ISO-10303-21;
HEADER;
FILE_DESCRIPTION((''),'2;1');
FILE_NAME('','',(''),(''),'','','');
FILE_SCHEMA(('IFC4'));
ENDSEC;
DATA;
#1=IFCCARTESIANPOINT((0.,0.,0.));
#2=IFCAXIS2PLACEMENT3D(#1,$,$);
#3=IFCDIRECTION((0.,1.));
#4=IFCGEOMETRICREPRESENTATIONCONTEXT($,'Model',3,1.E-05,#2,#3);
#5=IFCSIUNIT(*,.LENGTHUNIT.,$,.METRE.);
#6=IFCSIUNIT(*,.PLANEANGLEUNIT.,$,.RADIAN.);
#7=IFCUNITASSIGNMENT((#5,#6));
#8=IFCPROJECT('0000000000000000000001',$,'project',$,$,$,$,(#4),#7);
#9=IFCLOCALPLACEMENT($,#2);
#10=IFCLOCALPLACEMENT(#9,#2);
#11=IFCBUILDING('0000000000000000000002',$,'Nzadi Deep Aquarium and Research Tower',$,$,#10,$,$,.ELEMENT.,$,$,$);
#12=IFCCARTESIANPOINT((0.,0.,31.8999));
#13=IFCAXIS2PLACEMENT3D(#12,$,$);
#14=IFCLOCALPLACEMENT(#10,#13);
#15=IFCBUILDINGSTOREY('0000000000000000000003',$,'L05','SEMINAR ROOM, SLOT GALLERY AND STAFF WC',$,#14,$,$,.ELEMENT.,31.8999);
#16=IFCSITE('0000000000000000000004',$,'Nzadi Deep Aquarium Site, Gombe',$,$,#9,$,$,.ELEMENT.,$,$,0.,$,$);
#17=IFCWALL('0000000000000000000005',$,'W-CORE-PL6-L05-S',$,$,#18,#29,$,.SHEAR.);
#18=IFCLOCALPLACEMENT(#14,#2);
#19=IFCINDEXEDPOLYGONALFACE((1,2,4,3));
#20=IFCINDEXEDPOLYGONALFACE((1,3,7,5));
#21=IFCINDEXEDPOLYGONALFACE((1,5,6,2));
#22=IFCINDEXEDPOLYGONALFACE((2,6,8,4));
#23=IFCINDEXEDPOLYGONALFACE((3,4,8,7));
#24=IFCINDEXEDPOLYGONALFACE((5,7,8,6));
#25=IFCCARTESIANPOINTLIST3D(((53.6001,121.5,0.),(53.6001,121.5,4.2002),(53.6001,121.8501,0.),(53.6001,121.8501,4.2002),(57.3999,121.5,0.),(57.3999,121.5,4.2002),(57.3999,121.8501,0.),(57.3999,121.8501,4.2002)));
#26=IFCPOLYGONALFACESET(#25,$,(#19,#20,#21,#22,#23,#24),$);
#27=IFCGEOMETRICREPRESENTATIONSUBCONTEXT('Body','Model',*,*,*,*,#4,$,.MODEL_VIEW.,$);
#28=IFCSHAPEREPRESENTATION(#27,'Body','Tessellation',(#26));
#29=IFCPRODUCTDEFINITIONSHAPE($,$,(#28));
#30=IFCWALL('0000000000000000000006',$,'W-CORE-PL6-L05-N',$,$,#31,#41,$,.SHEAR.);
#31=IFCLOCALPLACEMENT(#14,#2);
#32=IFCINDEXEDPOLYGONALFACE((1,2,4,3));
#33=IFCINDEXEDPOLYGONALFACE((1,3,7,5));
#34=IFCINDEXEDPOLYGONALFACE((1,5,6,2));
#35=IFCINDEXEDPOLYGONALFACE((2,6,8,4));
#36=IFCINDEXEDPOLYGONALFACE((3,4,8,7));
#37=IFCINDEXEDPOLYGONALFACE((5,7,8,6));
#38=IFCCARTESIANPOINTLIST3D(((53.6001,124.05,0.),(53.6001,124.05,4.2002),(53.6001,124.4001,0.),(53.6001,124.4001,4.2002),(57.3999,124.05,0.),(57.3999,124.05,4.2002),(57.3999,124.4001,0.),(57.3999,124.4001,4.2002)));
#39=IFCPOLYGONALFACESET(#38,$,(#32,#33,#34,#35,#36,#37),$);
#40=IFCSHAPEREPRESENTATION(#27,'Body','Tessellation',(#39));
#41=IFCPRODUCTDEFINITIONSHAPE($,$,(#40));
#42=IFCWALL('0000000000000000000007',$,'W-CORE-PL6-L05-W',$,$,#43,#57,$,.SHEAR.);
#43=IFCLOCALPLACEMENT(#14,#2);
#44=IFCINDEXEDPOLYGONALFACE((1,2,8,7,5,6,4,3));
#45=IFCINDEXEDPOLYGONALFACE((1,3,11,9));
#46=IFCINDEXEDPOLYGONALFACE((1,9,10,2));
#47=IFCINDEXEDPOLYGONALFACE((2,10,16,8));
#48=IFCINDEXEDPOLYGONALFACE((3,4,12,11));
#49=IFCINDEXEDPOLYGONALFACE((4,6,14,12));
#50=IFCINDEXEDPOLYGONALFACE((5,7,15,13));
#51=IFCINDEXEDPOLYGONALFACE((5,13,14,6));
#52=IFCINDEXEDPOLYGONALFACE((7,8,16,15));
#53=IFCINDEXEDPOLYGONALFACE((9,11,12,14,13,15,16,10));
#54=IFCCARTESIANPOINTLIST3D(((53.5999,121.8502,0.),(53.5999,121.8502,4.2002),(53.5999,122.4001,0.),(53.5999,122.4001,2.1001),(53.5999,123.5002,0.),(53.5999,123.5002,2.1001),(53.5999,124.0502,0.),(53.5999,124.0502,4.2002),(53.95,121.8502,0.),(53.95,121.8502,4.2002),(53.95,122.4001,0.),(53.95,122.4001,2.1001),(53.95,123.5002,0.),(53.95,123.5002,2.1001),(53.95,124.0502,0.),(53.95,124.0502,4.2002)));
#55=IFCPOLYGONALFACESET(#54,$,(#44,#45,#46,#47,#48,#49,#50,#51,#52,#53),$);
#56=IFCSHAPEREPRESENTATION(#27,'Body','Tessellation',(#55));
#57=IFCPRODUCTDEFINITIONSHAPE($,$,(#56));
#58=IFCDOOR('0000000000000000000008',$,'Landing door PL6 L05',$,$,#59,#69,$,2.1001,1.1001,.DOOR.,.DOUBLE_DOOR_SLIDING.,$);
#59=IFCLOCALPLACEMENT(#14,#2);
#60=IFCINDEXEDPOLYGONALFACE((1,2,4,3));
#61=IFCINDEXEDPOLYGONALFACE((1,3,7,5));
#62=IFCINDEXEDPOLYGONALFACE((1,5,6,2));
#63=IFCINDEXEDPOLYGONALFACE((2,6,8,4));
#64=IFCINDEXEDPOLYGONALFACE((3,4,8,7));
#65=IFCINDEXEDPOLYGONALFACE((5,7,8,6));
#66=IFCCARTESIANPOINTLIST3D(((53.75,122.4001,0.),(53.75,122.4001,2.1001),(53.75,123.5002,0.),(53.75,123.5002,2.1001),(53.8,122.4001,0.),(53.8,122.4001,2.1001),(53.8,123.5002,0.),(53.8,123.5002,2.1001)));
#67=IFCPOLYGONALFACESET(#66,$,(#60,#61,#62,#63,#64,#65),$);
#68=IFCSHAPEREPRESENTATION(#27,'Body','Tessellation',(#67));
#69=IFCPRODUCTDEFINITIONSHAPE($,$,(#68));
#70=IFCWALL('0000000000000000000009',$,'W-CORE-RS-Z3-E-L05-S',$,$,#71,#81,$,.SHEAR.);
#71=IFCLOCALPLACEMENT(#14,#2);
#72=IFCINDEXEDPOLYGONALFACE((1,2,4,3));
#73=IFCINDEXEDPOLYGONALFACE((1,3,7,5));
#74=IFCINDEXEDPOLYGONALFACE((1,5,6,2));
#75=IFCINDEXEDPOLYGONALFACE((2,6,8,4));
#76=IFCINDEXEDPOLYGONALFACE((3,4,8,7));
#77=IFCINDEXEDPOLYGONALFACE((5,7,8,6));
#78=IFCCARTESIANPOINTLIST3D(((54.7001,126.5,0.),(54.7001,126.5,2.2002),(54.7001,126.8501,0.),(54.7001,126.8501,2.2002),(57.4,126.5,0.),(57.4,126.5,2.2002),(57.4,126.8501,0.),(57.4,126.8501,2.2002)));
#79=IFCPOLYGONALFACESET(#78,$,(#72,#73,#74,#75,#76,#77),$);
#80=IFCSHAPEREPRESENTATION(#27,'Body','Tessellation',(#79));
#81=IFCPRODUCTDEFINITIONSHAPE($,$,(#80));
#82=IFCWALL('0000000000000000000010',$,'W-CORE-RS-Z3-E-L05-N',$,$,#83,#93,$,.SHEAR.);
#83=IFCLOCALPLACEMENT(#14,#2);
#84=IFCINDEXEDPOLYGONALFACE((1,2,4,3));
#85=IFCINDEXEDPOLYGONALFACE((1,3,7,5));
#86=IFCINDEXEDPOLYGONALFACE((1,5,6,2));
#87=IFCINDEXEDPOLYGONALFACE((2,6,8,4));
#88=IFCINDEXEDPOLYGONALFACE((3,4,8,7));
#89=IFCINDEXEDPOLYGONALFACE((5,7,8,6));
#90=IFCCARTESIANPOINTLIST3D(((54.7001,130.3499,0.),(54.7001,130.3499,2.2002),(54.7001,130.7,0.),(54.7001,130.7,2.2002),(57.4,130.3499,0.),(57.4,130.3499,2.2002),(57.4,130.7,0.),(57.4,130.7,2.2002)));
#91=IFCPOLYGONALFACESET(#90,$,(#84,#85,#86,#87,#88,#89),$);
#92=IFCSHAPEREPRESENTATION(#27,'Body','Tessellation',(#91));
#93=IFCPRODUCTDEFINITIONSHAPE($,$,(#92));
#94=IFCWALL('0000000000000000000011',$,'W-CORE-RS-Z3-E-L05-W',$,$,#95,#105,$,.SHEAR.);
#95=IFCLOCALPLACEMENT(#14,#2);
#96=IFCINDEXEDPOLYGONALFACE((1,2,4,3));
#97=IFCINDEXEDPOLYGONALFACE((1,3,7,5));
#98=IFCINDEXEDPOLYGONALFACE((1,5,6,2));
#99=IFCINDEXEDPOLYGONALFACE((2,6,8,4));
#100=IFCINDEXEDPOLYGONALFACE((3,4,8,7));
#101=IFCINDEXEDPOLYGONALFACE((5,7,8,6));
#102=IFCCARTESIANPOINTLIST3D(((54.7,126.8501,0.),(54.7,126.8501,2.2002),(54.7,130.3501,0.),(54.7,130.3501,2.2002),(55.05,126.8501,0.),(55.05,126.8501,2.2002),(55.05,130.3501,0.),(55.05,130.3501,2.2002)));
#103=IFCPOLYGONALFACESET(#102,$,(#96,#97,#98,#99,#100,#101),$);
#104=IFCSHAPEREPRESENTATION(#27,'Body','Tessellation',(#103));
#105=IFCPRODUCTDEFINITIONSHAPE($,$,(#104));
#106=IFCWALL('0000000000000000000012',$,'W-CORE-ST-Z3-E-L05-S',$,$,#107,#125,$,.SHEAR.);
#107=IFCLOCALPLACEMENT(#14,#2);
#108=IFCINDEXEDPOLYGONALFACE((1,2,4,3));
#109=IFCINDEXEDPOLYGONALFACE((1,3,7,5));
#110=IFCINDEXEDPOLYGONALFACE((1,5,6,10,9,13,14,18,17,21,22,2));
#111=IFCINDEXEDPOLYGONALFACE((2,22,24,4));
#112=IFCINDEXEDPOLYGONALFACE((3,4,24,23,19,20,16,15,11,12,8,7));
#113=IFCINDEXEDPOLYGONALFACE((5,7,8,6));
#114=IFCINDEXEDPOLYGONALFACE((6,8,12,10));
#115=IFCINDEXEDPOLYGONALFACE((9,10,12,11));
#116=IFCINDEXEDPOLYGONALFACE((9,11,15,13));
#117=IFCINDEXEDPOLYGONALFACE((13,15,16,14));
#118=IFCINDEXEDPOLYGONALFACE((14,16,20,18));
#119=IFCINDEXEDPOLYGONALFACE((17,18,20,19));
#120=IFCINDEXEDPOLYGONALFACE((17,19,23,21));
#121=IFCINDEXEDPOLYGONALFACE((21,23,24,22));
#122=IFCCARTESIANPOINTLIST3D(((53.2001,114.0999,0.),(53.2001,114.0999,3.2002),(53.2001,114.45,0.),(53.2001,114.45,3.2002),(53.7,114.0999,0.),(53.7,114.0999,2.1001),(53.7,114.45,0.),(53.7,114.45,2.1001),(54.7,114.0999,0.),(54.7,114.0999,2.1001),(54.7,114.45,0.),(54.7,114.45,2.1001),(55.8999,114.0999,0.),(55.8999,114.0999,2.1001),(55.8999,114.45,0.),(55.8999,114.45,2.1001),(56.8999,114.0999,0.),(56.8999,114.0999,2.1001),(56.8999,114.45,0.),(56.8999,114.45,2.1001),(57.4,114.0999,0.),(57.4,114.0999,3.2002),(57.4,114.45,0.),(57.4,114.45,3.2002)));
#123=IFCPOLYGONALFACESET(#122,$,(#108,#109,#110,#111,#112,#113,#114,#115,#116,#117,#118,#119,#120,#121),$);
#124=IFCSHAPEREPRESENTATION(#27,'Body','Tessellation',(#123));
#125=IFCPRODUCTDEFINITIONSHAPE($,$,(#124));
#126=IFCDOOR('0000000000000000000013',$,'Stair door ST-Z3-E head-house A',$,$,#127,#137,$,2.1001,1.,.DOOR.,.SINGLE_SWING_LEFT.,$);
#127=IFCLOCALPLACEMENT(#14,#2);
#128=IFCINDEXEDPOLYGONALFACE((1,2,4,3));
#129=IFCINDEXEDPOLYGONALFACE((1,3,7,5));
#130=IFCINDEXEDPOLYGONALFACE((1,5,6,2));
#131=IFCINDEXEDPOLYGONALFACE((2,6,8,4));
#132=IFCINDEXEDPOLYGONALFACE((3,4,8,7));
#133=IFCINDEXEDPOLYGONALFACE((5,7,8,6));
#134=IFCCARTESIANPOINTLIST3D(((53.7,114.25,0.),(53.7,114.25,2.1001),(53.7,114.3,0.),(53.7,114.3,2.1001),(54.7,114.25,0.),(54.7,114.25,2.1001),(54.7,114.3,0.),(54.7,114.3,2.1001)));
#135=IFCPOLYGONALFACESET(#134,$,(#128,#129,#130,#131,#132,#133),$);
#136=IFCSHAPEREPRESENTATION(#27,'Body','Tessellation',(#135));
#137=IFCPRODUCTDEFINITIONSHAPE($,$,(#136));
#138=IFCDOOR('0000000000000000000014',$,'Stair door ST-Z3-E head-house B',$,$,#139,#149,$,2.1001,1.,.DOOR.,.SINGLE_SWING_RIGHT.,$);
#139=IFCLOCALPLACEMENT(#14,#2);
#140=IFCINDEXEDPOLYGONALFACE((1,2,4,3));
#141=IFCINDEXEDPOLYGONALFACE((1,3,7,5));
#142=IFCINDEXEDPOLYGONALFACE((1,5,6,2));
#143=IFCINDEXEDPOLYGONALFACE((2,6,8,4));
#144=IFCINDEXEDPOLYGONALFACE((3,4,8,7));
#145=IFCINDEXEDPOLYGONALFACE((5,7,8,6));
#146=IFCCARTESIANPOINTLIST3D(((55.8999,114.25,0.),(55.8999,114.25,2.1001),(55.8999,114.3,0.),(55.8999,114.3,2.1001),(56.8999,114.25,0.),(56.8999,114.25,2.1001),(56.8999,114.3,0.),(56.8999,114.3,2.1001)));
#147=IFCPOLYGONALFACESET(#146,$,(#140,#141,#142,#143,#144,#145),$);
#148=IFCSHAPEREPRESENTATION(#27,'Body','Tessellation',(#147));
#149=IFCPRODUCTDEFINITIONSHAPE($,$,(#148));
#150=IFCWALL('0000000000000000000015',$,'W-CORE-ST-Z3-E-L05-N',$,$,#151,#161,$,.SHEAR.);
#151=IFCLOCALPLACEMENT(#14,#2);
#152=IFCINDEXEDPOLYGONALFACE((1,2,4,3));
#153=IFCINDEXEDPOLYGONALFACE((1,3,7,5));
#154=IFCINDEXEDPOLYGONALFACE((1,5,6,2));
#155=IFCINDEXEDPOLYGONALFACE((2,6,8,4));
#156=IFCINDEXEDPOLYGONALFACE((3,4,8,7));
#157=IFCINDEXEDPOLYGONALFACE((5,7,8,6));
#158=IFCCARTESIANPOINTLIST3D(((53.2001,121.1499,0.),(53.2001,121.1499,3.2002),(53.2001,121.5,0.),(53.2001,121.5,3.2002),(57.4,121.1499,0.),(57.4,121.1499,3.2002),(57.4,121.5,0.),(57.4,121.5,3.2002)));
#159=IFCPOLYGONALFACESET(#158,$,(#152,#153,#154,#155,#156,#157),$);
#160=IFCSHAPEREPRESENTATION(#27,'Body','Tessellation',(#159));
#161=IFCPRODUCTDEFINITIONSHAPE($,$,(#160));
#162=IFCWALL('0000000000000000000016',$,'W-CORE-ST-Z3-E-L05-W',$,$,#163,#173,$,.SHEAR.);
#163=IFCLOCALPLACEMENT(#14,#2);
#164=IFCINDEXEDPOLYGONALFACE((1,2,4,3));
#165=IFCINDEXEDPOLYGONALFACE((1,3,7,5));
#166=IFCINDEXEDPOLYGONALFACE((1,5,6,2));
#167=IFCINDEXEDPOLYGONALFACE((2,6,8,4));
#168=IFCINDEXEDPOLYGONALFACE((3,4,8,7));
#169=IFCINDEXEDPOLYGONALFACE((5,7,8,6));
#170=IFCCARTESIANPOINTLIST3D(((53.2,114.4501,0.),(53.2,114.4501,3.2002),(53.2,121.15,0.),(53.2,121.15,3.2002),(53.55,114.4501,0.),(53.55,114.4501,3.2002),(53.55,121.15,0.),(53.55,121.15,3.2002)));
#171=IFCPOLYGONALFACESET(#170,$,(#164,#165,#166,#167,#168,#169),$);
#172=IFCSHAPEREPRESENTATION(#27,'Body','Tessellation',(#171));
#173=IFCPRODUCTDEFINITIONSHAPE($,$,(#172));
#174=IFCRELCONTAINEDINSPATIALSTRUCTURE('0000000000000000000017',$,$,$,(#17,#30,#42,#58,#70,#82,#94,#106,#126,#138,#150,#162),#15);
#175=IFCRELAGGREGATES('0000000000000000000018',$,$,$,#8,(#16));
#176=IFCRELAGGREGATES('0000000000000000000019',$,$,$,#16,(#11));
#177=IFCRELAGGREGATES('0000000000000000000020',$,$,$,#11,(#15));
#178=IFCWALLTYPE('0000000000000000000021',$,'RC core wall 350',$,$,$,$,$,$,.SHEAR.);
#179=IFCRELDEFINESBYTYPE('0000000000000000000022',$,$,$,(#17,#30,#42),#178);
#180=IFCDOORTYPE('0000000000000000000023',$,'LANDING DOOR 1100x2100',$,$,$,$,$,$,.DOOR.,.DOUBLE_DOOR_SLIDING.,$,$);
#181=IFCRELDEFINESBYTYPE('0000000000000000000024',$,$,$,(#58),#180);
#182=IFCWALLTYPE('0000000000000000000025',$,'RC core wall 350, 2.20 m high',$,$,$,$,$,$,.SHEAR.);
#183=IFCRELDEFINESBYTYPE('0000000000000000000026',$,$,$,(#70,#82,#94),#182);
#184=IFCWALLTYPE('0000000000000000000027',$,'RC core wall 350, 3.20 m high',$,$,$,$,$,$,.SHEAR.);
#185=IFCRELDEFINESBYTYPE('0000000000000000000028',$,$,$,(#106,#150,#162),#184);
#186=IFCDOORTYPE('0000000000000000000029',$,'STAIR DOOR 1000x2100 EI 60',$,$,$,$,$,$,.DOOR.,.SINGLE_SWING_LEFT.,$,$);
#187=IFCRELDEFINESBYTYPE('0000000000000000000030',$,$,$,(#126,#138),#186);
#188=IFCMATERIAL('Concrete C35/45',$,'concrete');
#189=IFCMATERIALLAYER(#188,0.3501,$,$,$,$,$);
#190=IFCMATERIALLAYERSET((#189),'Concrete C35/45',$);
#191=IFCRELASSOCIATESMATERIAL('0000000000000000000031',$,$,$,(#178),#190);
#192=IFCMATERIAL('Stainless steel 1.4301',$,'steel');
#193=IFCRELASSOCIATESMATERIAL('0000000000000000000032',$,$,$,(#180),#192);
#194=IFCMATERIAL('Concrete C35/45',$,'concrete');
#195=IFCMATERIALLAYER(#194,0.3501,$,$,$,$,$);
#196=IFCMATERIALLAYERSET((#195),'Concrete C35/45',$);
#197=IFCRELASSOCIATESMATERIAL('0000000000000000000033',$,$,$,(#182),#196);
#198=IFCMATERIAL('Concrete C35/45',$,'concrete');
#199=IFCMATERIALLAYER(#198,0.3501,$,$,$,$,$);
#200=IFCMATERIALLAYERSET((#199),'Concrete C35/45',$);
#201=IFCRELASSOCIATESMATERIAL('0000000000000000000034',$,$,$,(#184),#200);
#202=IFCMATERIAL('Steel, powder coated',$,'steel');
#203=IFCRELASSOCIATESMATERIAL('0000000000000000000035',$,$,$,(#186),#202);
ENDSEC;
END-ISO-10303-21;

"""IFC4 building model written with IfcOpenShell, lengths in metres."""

from ifc_helpers import new_model, si_unit, direction, frame, frame_2d, origin, place, context, subcontext, project, spatial, rectangle, extrude, material, layer, layer_set, type_object, element, fill, save


model = new_model("IFC4")

# Units and contexts
model_context = context("Model", 3, precision=1e-05, world=origin(), true_north=direction((0.0, 1.0)))
body_context = subcontext(model_context, "Body", "Model", "MODEL_VIEW")
ifc_project = project(units=[si_unit("LENGTHUNIT", "METRE"), si_unit("PLANEANGLEUNIT", "RADIAN")], contexts=[model_context])

# Site, building, storey
site_placement = place(None, origin())
site = spatial("IfcSite", under=ifc_project, at=site_placement, Name="Nzadi Deep Aquarium Site, Gombe", CompositionType="ELEMENT", RefElevation=0.0)
building_placement = place(site_placement, origin())
building = spatial("IfcBuilding", under=site, at=building_placement, Name="Nzadi Deep Aquarium and Research Tower", CompositionType="ELEMENT")
storey_placement = place(building_placement, frame((0.0, 0.0, 31.8999)))
storey = spatial("IfcBuildingStorey", under=building, at=storey_placement, Name="L05", Description="SEMINAR ROOM, SLOT GALLERY AND STAFF WC", CompositionType="ELEMENT", Elevation=31.8999)

# Walls
ifc_material_1 = material(Name="Concrete C35/45", Category="concrete")
ifc_layer_1 = layer(ifc_material_1, 0.3501)
ifc_layer_set_1 = layer_set([ifc_layer_1], Name="Concrete C35/45")
wall_type_1 = type_object("IfcWallType", Name="RC core wall 350", PredefinedType="SHEAR", material=ifc_layer_set_1)
for number, where, z_axis, x_axis, name in (
    (1, (53.6001, 121.675, 0.0), (0.0, 0.0, 1.0), (1.0, 0.0, 0.0), "W-CORE-PL6-L05-S"),
    (2, (53.6001, 124.2251, 0.0), (0.0, 0.0, 1.0), (1.0, 0.0, 0.0), "W-CORE-PL6-L05-N"),
):
    element("IfcWall", number, at=place(storey_placement, frame(where, z_axis=z_axis, x_axis=x_axis)), inside=storey, type_object=wall_type_1, Name=name, PredefinedType="SHEAR", context=body_context, shape_type="SweptSolid", body=[
        extrude(rectangle(XDim=3.7998, YDim=0.3501, at=frame_2d((1.8999, 0.0))), origin(), (0.0, 0.0, 1.0), 4.2002),
    ])

# Wall, opening, door
wall_1_placement = place(storey_placement, frame((53.7749, 121.8501, 0.0), z_axis=(0.0, 0.0, 1.0), x_axis=(0.0, 1.0, 0.0)))
wall_1 = element("IfcWall", 3, at=wall_1_placement, inside=storey, type_object=wall_type_1, Name="W-CORE-PL6-L05-W", PredefinedType="SHEAR", context=body_context, shape_type="SweptSolid", body=[
    extrude(rectangle(XDim=2.2, YDim=0.3501, at=frame_2d((1.1001, 0.0))), origin(), (0.0, 0.0, 1.0), 4.2002),
])
opening_1_placement = place(wall_1_placement, frame((0.55, 0.0, 0.0)))
opening_1 = element("IfcOpeningElement", 4, at=opening_1_placement, cuts=wall_1, PredefinedType="OPENING", context=body_context, shape_type="SweptSolid", body=[
    extrude(rectangle(XDim=1.1001, YDim=2.1001, at=frame_2d((0.55, 1.05))), frame((0.0, 0.1851, 0.0), z_axis=(0.0, -1.0, 0.0), x_axis=(1.0, 0.0, 0.0)), (0.0, 0.0, 1.0), 0.3701),
])
ifc_material_2 = material(Name="Stainless steel 1.4301", Category="steel")
door_type_1 = type_object("IfcDoorType", Name="LANDING DOOR 1100x2100", OperationType="DOUBLE_DOOR_SLIDING", PredefinedType="DOOR", material=ifc_material_2)
door_1_placement = place(opening_1_placement, origin())
door_1 = element("IfcDoor", 5, at=door_1_placement, inside=storey, type_object=door_type_1, Name="Landing door PL6 L05", OperationType="DOUBLE_DOOR_SLIDING", OverallHeight=2.1001, OverallWidth=1.1001, PredefinedType="DOOR", context=body_context, shape_type="SweptSolid", body=[
    extrude(rectangle(XDim=1.1001, YDim=2.1001, at=frame_2d((0.55, 1.05))), frame((0.0, 0.0249, 0.0), z_axis=(0.0, -1.0, 0.0), x_axis=(1.0, 0.0, 0.0)), (0.0, 0.0, 1.0), 0.05),
])
fill(opening_1, door_1)

# Walls
ifc_material_3 = material(Name="Concrete C35/45", Category="concrete")
ifc_layer_2 = layer(ifc_material_3, 0.3501)
ifc_layer_set_2 = layer_set([ifc_layer_2], Name="Concrete C35/45")
wall_type_2 = type_object("IfcWallType", Name="RC core wall 350, 2.20 m high", PredefinedType="SHEAR", material=ifc_layer_set_2)
for number, where, z_axis, x_axis, name in (
    (6, (54.7, 126.675, 0.0), (0.0, 0.0, 1.0), (1.0, 0.0, 0.0), "W-CORE-RS-Z3-E-L05-S"),
    (7, (54.7, 130.5249, 0.0), (0.0, 0.0, 1.0), (1.0, 0.0, 0.0), "W-CORE-RS-Z3-E-L05-N"),
):
    element("IfcWall", number, at=place(storey_placement, frame(where, z_axis=z_axis, x_axis=x_axis)), inside=storey, type_object=wall_type_2, Name=name, PredefinedType="SHEAR", context=body_context, shape_type="SweptSolid", body=[
        extrude(rectangle(XDim=2.7, YDim=0.3501, at=frame_2d((1.3501, 0.0))), origin(), (0.0, 0.0, 1.0), 2.2002),
    ])
wall_2_placement = place(storey_placement, frame((54.875, 126.8501, 0.0), z_axis=(0.0, 0.0, 1.0), x_axis=(0.0, 1.0, 0.0)))
element("IfcWall", 8, at=wall_2_placement, inside=storey, type_object=wall_type_2, Name="W-CORE-RS-Z3-E-L05-W", PredefinedType="SHEAR", context=body_context, shape_type="SweptSolid", body=[
    extrude(rectangle(XDim=3.5, YDim=0.3501, at=frame_2d((1.75, 0.0))), origin(), (0.0, 0.0, 1.0), 2.2002),
])

# Wall, openings, doors
ifc_material_4 = material(Name="Concrete C35/45", Category="concrete")
ifc_layer_3 = layer(ifc_material_4, 0.3501)
ifc_layer_set_3 = layer_set([ifc_layer_3], Name="Concrete C35/45")
wall_type_3 = type_object("IfcWallType", Name="RC core wall 350, 3.20 m high", PredefinedType="SHEAR", material=ifc_layer_set_3)
wall_3_placement = place(storey_placement, frame((53.2, 114.2749, 0.0), z_axis=(0.0, 0.0, 1.0), x_axis=(1.0, 0.0, 0.0)))
wall_3 = element("IfcWall", 9, at=wall_3_placement, inside=storey, type_object=wall_type_3, Name="W-CORE-ST-Z3-E-L05-S", PredefinedType="SHEAR", context=body_context, shape_type="SweptSolid", body=[
    extrude(rectangle(XDim=4.2, YDim=0.3501, at=frame_2d((2.1001, 0.0))), origin(), (0.0, 0.0, 1.0), 3.2002),
])
opening_2_placement = place(wall_3_placement, frame((0.5, 0.0, 0.0)))
opening_2 = element("IfcOpeningElement", 10, at=opening_2_placement, cuts=wall_3, PredefinedType="OPENING", context=body_context, shape_type="SweptSolid", body=[
    extrude(rectangle(XDim=1.0, YDim=2.1001, at=frame_2d((0.5, 1.05))), frame((0.0, 0.1851, 0.0), z_axis=(0.0, -1.0, 0.0), x_axis=(1.0, 0.0, 0.0)), (0.0, 0.0, 1.0), 0.3701),
])
opening_3_placement = place(wall_3_placement, frame((2.7, 0.0, 0.0)))
opening_3 = element("IfcOpeningElement", 11, at=opening_3_placement, cuts=wall_3, PredefinedType="OPENING", context=body_context, shape_type="SweptSolid", body=[
    extrude(rectangle(XDim=1.0, YDim=2.1001, at=frame_2d((0.5, 1.05))), frame((0.0, 0.1851, 0.0), z_axis=(0.0, -1.0, 0.0), x_axis=(1.0, 0.0, 0.0)), (0.0, 0.0, 1.0), 0.3701),
])
ifc_material_5 = material(Name="Steel, powder coated", Category="steel")
door_type_2 = type_object("IfcDoorType", Name="STAIR DOOR 1000x2100 EI 60", OperationType="SINGLE_SWING_LEFT", PredefinedType="DOOR", material=ifc_material_5)
door_2_placement = place(opening_2_placement, frame((1.0, 0.0, 0.0), z_axis=(0.0, 0.0, 1.0), x_axis=(-1.0, 0.0, 0.0)))
door_2 = element("IfcDoor", 12, at=door_2_placement, inside=storey, type_object=door_type_2, Name="Stair door ST-Z3-E head-house A", OperationType="SINGLE_SWING_LEFT", OverallHeight=2.1001, OverallWidth=1.0, PredefinedType="DOOR", context=body_context, shape_type="SweptSolid", body=[
    extrude(rectangle(XDim=1.0, YDim=2.1001, at=frame_2d((0.5, 1.05))), frame((0.0, 0.0249, 0.0), z_axis=(0.0, -1.0, 0.0), x_axis=(1.0, 0.0, 0.0)), (0.0, 0.0, 1.0), 0.05),
])
fill(opening_2, door_2)
door_3_placement = place(opening_3_placement, frame((1.0, 0.0, 0.0), z_axis=(0.0, 0.0, 1.0), x_axis=(-1.0, 0.0, 0.0)))
door_3 = element("IfcDoor", 13, at=door_3_placement, inside=storey, type_object=door_type_2, Name="Stair door ST-Z3-E head-house B", OperationType="SINGLE_SWING_RIGHT", OverallHeight=2.1001, OverallWidth=1.0, PredefinedType="DOOR", context=body_context, shape_type="SweptSolid", body=[
    extrude(rectangle(XDim=1.0, YDim=2.1001, at=frame_2d((0.5, 1.05))), frame((0.0, 0.0249, 0.0), z_axis=(0.0, -1.0, 0.0), x_axis=(1.0, 0.0, 0.0)), (0.0, 0.0, 1.0), 0.05),
])
fill(opening_3, door_3)

# Walls
wall_4_placement = place(storey_placement, frame((53.2, 121.325, 0.0), z_axis=(0.0, 0.0, 1.0), x_axis=(1.0, 0.0, 0.0)))
element("IfcWall", 14, at=wall_4_placement, inside=storey, type_object=wall_type_3, Name="W-CORE-ST-Z3-E-L05-N", PredefinedType="SHEAR", context=body_context, shape_type="SweptSolid", body=[
    extrude(rectangle(XDim=4.2, YDim=0.3501, at=frame_2d((2.1001, 0.0))), origin(), (0.0, 0.0, 1.0), 3.2002),
])
wall_5_placement = place(storey_placement, frame((53.375, 114.45, 0.0), z_axis=(0.0, 0.0, 1.0), x_axis=(0.0, 1.0, 0.0)))
element("IfcWall", 15, at=wall_5_placement, inside=storey, type_object=wall_type_3, Name="W-CORE-ST-Z3-E-L05-W", PredefinedType="SHEAR", context=body_context, shape_type="SweptSolid", body=[
    extrude(rectangle(XDim=6.7, YDim=0.3501, at=frame_2d((3.3501, 0.0))), origin(), (0.0, 0.0, 1.0), 3.2002),
])

save(model, "model.ifc")
